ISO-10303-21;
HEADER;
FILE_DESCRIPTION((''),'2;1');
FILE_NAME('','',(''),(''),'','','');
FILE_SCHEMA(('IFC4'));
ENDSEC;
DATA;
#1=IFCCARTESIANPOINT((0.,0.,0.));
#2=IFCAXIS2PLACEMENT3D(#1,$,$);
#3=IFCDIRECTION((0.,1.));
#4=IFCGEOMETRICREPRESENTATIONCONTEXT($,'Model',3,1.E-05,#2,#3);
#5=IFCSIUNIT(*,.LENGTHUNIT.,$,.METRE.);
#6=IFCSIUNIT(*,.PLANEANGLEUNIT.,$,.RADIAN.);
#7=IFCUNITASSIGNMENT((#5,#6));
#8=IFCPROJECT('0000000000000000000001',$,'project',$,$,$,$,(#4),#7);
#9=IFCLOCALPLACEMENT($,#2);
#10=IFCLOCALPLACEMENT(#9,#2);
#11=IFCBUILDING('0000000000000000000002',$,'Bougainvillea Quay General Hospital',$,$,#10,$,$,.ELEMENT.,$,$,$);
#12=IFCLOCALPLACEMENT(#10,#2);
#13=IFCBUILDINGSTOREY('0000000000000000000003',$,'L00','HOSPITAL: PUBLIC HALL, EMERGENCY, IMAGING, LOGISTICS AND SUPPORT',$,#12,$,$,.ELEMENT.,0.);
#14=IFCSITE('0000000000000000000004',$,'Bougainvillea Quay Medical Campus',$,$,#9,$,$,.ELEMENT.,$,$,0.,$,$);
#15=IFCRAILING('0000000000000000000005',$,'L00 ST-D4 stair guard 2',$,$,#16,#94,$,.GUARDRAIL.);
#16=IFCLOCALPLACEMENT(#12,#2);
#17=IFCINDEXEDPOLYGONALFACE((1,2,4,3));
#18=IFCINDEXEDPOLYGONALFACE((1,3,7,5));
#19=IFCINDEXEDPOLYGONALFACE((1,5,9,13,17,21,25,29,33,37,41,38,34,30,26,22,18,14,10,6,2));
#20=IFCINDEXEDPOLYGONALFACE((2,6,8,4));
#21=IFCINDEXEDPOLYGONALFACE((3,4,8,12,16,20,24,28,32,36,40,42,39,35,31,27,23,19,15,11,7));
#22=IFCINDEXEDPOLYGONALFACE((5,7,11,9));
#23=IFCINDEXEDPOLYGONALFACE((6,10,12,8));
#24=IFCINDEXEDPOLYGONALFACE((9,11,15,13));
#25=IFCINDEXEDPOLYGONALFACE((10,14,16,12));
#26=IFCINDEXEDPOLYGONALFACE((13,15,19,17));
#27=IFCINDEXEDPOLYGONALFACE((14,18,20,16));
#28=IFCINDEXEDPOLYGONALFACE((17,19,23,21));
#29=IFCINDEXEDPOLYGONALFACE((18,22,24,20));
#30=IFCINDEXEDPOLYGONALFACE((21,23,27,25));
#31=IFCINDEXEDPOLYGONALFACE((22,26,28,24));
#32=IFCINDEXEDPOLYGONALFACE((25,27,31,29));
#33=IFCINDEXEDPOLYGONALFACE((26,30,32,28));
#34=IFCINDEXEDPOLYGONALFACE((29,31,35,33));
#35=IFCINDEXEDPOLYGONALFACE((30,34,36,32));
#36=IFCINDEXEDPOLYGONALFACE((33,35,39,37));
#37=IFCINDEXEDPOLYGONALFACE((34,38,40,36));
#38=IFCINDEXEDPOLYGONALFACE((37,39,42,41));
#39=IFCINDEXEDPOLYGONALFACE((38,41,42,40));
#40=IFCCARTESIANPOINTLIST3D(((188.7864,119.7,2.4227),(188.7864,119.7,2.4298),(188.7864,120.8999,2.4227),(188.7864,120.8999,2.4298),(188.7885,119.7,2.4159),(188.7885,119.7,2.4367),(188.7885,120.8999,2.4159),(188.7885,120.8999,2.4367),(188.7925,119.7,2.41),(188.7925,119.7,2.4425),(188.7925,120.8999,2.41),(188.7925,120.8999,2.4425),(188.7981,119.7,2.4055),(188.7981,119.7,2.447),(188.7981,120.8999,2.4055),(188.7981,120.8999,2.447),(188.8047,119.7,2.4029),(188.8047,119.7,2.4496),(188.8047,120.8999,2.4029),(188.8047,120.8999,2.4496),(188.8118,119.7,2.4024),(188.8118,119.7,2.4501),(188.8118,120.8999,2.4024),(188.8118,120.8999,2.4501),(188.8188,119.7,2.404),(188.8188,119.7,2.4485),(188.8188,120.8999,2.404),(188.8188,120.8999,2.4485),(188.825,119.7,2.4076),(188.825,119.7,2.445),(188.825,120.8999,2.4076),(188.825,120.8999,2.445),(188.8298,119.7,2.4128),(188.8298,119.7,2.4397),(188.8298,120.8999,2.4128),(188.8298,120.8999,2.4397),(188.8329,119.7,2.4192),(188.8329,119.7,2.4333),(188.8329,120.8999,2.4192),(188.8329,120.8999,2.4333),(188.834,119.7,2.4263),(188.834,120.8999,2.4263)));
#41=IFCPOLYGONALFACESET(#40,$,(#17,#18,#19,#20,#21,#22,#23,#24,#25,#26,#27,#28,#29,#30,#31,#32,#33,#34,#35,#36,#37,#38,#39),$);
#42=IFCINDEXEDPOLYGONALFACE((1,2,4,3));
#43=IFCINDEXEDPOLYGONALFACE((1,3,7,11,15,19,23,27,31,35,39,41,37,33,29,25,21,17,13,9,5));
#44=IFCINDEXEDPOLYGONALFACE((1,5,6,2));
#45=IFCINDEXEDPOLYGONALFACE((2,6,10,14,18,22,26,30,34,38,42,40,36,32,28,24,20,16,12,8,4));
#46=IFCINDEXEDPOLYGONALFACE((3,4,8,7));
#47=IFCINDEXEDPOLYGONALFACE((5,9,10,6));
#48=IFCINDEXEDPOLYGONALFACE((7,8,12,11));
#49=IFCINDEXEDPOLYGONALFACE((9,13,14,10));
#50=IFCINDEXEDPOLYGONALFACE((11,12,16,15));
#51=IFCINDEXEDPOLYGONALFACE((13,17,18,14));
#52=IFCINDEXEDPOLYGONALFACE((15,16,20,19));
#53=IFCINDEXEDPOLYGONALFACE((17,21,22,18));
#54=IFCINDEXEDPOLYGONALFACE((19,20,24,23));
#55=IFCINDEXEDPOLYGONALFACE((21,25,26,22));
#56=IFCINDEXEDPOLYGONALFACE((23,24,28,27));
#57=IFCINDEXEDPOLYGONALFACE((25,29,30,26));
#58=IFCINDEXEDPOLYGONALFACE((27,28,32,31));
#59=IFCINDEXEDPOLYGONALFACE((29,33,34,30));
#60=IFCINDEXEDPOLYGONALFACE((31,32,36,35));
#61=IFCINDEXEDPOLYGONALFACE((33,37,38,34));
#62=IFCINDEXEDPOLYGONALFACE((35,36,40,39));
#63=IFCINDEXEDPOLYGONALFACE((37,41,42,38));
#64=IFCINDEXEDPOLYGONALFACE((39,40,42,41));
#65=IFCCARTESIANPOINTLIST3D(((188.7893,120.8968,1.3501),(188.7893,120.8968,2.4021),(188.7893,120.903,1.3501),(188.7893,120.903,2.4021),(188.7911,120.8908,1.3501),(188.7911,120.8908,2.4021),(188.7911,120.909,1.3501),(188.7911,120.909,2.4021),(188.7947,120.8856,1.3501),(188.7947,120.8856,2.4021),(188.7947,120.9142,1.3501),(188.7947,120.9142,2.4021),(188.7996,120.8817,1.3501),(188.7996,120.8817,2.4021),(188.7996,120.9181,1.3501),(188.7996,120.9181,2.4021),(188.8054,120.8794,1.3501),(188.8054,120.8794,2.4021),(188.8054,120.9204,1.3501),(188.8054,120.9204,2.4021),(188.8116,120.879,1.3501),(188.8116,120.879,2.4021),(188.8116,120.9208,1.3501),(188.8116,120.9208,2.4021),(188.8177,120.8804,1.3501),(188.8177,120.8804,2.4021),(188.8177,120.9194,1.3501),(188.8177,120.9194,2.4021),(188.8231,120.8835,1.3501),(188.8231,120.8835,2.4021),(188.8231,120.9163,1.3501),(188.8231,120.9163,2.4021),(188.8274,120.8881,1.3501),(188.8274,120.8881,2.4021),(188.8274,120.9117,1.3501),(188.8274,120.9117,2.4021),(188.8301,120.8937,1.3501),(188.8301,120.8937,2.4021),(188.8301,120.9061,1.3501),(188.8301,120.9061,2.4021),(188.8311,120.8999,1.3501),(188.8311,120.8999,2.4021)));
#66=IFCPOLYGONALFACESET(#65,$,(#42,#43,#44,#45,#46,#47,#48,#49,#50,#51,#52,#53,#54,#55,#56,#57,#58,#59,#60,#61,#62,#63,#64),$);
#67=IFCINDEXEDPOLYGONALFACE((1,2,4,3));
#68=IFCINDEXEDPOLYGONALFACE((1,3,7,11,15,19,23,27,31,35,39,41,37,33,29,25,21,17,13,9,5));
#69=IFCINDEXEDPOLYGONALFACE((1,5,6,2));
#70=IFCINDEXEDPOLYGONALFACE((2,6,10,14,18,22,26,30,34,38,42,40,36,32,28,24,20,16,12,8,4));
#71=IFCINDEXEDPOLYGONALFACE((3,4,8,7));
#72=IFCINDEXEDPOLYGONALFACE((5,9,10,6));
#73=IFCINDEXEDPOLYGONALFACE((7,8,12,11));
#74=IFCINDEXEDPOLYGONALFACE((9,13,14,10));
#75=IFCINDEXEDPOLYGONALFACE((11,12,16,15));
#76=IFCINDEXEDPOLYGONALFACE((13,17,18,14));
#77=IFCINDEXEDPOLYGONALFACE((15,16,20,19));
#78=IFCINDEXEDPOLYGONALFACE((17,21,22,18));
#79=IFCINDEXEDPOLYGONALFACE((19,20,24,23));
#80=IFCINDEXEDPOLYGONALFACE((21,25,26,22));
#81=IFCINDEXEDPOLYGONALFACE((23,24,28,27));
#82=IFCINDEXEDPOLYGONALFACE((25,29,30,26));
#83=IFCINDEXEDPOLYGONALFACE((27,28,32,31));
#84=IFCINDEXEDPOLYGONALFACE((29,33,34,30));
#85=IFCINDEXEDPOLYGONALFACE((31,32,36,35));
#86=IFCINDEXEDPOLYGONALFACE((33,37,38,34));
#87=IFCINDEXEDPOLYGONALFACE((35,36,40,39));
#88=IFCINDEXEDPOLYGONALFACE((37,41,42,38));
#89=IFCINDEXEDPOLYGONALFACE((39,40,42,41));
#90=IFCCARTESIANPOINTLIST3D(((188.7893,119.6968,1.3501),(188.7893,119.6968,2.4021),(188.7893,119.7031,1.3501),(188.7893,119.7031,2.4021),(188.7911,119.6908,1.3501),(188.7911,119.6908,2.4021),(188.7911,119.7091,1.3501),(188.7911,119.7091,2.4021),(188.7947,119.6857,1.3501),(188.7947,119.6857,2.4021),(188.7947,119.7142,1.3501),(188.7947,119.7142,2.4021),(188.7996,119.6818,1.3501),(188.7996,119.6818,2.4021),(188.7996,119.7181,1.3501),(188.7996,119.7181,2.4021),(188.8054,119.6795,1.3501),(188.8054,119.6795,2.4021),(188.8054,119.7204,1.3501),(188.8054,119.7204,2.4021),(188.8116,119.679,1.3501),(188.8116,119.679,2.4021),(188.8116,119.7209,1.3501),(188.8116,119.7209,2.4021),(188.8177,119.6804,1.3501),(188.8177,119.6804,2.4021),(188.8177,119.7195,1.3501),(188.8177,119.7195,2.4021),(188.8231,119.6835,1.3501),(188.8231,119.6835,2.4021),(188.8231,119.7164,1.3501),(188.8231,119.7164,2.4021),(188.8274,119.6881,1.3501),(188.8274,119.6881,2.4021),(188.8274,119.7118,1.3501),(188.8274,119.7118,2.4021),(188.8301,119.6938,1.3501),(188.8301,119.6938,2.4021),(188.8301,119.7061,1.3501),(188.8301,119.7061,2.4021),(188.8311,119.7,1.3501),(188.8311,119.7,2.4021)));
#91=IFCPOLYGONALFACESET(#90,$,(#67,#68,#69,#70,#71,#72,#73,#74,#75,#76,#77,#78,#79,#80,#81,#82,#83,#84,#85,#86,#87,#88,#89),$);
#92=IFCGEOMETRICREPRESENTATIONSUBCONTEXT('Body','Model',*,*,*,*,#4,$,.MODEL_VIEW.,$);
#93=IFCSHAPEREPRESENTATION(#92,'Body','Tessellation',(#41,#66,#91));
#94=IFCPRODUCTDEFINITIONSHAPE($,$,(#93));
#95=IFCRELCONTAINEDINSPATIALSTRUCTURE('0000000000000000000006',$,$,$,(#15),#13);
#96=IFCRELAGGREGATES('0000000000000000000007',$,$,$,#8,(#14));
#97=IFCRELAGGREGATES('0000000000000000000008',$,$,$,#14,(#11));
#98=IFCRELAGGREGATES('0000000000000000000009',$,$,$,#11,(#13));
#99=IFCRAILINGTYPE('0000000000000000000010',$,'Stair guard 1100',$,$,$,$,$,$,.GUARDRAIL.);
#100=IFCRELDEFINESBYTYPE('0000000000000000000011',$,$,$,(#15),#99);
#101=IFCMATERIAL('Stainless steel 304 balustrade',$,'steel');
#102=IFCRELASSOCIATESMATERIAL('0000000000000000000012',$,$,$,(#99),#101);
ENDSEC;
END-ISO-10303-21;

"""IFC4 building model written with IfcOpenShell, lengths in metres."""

from ifc_helpers import new_model, si_unit, direction, frame, origin, origin_2d, place, context, subcontext, project, spatial, circle, extrude, material, type_object, element, save


model = new_model("IFC4")

# Units and contexts
model_context = context("Model", 3, precision=1e-05, world=origin(), true_north=direction((0.0, 1.0)))
body_context = subcontext(model_context, "Body", "Model", "MODEL_VIEW")
ifc_project = project(units=[si_unit("LENGTHUNIT", "METRE"), si_unit("PLANEANGLEUNIT", "RADIAN")], contexts=[model_context])

# Site, building, storey
site_placement = place(None, origin())
site = spatial("IfcSite", under=ifc_project, at=site_placement, Name="Bougainvillea Quay Medical Campus", CompositionType="ELEMENT", RefElevation=0.0)
building_placement = place(site_placement, origin())
building = spatial("IfcBuilding", under=site, at=building_placement, Name="Bougainvillea Quay General Hospital", CompositionType="ELEMENT")
storey_placement = place(building_placement, origin())
storey = spatial("IfcBuildingStorey", under=building, at=storey_placement, Name="L00", Description="HOSPITAL: PUBLIC HALL, EMERGENCY, IMAGING, LOGISTICS AND SUPPORT", CompositionType="ELEMENT", Elevation=0.0)

# Railing
ifc_material_1 = material(Name="Stainless steel 304 balustrade", Category="steel")
railing_type_1 = type_object("IfcRailingType", Name="Stair guard 1100", PredefinedType="GUARDRAIL", material=ifc_material_1)
railing_placement = place(storey_placement, frame((188.8101, 120.8999, 1.3501)))
element("IfcRailing", 1, at=railing_placement, inside=storey, type_object=railing_type_1, Name="L00 ST-D4 stair guard 2", PredefinedType="GUARDRAIL", context=body_context, shape_type="SweptSolid", body=[
    extrude(circle(Radius=0.0239, at=origin_2d()), frame((0.0, 0.0, 1.0762), z_axis=(0.0, -1.0, 0.0), x_axis=(1.0, 0.0, 0.0)), (0.0, 0.0, 1.0), 1.2),
    extrude(circle(Radius=0.021, at=origin_2d()), origin(), (0.0, 0.0, 1.0), 1.052),
    extrude(circle(Radius=0.021, at=origin_2d()), frame((0.0, -1.2, 0.0)), (0.0, 0.0, 1.0), 1.052),
])

save(model, "model.ifc")
